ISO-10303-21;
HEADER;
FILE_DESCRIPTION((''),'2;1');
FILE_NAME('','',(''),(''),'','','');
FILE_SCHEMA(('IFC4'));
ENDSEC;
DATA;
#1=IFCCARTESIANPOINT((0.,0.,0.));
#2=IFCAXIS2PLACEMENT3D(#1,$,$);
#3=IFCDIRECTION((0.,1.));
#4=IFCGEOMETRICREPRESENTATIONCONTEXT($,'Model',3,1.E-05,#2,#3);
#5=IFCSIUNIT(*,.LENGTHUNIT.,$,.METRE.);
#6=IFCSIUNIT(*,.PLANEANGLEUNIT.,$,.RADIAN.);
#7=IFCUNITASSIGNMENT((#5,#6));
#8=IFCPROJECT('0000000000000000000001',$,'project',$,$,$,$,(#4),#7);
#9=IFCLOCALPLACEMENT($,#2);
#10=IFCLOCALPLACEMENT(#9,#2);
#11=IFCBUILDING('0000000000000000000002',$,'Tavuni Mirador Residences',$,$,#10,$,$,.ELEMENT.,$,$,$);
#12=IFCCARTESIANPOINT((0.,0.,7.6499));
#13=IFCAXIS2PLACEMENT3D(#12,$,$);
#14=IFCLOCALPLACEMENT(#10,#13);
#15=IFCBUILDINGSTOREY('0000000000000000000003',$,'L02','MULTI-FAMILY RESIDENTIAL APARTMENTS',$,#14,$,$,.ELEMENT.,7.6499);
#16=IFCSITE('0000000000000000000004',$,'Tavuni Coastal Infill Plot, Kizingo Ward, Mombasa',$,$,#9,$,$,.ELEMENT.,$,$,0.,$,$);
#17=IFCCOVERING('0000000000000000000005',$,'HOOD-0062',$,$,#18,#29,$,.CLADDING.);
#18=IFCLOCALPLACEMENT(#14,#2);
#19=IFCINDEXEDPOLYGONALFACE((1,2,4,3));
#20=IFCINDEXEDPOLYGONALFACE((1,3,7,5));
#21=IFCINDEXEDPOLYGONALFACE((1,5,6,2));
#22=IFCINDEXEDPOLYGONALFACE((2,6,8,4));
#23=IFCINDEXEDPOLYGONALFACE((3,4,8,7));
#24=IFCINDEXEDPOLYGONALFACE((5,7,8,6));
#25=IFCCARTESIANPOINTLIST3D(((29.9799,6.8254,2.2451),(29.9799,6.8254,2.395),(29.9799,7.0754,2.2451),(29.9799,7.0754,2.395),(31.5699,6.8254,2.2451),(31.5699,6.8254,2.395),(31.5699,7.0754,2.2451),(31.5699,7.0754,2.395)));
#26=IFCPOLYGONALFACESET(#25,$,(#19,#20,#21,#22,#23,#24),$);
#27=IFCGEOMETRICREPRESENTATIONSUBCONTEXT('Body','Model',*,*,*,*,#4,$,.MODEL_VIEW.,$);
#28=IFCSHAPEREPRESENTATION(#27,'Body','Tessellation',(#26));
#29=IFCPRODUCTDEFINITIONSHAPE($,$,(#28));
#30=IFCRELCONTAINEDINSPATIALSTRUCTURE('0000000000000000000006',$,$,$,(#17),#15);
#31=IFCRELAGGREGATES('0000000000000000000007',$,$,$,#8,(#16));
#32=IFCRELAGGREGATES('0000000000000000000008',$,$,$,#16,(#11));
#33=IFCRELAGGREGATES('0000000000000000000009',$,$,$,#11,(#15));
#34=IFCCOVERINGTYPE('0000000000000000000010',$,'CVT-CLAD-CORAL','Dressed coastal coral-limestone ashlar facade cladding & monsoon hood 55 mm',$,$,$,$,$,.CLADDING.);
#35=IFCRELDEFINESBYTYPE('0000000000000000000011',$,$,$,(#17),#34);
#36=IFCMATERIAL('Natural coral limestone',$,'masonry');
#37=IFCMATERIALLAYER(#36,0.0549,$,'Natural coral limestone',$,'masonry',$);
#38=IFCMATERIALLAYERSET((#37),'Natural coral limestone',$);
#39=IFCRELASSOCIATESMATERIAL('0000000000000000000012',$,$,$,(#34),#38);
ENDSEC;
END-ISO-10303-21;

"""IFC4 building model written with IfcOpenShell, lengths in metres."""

from ifc_helpers import new_model, si_unit, direction, frame, origin, origin_2d, place, context, subcontext, project, spatial, rectangle, extrude, material, layer, layer_set, type_object, element, save


model = new_model("IFC4")

# Units and contexts
model_context = context("Model", 3, precision=1e-05, world=origin(), true_north=direction((0.0, 1.0)))
body_context = subcontext(model_context, "Body", "Model", "MODEL_VIEW")
ifc_project = project(units=[si_unit("LENGTHUNIT", "METRE"), si_unit("PLANEANGLEUNIT", "RADIAN")], contexts=[model_context])

# Site, building, storey
site_placement = place(None, origin())
site = spatial("IfcSite", under=ifc_project, at=site_placement, Name="Tavuni Coastal Infill Plot, Kizingo Ward, Mombasa", CompositionType="ELEMENT", RefElevation=0.0)
building_placement = place(site_placement, origin())
building = spatial("IfcBuilding", under=site, at=building_placement, Name="Tavuni Mirador Residences", CompositionType="ELEMENT")
storey_placement = place(building_placement, frame((0.0, 0.0, 7.6499)))
storey = spatial("IfcBuildingStorey", under=building, at=storey_placement, Name="L02", Description="MULTI-FAMILY RESIDENTIAL APARTMENTS", CompositionType="ELEMENT", Elevation=7.6499)

# Covering
ifc_material_1 = material(Name="Natural coral limestone", Category="masonry")
ifc_layer_1 = layer(ifc_material_1, 0.0549, Name="Natural coral limestone", Category="masonry")
ifc_layer_set_1 = layer_set([ifc_layer_1], Name="Natural coral limestone")
covering_type = type_object("IfcCoveringType", Name="CVT-CLAD-CORAL", Description="Dressed coastal coral-limestone ashlar facade cladding & monsoon hood 55 mm", PredefinedType="CLADDING", material=ifc_layer_set_1)
covering_1_placement = place(storey_placement, frame((30.7749, 6.9504, 2.2451), z_axis=(0.0, 0.0, 1.0), x_axis=(1.0, 0.0, 0.0)))
element("IfcCovering", 1, at=covering_1_placement, inside=storey, type_object=covering_type, Name="HOOD-0062", PredefinedType="CLADDING", context=body_context, shape_type="SweptSolid", body=[
    extrude(rectangle(XDim=1.5901, YDim=0.25, at=origin_2d()), origin(), (0.0, 0.0, 1.0), 0.1499),
])

save(model, "model.ifc")
